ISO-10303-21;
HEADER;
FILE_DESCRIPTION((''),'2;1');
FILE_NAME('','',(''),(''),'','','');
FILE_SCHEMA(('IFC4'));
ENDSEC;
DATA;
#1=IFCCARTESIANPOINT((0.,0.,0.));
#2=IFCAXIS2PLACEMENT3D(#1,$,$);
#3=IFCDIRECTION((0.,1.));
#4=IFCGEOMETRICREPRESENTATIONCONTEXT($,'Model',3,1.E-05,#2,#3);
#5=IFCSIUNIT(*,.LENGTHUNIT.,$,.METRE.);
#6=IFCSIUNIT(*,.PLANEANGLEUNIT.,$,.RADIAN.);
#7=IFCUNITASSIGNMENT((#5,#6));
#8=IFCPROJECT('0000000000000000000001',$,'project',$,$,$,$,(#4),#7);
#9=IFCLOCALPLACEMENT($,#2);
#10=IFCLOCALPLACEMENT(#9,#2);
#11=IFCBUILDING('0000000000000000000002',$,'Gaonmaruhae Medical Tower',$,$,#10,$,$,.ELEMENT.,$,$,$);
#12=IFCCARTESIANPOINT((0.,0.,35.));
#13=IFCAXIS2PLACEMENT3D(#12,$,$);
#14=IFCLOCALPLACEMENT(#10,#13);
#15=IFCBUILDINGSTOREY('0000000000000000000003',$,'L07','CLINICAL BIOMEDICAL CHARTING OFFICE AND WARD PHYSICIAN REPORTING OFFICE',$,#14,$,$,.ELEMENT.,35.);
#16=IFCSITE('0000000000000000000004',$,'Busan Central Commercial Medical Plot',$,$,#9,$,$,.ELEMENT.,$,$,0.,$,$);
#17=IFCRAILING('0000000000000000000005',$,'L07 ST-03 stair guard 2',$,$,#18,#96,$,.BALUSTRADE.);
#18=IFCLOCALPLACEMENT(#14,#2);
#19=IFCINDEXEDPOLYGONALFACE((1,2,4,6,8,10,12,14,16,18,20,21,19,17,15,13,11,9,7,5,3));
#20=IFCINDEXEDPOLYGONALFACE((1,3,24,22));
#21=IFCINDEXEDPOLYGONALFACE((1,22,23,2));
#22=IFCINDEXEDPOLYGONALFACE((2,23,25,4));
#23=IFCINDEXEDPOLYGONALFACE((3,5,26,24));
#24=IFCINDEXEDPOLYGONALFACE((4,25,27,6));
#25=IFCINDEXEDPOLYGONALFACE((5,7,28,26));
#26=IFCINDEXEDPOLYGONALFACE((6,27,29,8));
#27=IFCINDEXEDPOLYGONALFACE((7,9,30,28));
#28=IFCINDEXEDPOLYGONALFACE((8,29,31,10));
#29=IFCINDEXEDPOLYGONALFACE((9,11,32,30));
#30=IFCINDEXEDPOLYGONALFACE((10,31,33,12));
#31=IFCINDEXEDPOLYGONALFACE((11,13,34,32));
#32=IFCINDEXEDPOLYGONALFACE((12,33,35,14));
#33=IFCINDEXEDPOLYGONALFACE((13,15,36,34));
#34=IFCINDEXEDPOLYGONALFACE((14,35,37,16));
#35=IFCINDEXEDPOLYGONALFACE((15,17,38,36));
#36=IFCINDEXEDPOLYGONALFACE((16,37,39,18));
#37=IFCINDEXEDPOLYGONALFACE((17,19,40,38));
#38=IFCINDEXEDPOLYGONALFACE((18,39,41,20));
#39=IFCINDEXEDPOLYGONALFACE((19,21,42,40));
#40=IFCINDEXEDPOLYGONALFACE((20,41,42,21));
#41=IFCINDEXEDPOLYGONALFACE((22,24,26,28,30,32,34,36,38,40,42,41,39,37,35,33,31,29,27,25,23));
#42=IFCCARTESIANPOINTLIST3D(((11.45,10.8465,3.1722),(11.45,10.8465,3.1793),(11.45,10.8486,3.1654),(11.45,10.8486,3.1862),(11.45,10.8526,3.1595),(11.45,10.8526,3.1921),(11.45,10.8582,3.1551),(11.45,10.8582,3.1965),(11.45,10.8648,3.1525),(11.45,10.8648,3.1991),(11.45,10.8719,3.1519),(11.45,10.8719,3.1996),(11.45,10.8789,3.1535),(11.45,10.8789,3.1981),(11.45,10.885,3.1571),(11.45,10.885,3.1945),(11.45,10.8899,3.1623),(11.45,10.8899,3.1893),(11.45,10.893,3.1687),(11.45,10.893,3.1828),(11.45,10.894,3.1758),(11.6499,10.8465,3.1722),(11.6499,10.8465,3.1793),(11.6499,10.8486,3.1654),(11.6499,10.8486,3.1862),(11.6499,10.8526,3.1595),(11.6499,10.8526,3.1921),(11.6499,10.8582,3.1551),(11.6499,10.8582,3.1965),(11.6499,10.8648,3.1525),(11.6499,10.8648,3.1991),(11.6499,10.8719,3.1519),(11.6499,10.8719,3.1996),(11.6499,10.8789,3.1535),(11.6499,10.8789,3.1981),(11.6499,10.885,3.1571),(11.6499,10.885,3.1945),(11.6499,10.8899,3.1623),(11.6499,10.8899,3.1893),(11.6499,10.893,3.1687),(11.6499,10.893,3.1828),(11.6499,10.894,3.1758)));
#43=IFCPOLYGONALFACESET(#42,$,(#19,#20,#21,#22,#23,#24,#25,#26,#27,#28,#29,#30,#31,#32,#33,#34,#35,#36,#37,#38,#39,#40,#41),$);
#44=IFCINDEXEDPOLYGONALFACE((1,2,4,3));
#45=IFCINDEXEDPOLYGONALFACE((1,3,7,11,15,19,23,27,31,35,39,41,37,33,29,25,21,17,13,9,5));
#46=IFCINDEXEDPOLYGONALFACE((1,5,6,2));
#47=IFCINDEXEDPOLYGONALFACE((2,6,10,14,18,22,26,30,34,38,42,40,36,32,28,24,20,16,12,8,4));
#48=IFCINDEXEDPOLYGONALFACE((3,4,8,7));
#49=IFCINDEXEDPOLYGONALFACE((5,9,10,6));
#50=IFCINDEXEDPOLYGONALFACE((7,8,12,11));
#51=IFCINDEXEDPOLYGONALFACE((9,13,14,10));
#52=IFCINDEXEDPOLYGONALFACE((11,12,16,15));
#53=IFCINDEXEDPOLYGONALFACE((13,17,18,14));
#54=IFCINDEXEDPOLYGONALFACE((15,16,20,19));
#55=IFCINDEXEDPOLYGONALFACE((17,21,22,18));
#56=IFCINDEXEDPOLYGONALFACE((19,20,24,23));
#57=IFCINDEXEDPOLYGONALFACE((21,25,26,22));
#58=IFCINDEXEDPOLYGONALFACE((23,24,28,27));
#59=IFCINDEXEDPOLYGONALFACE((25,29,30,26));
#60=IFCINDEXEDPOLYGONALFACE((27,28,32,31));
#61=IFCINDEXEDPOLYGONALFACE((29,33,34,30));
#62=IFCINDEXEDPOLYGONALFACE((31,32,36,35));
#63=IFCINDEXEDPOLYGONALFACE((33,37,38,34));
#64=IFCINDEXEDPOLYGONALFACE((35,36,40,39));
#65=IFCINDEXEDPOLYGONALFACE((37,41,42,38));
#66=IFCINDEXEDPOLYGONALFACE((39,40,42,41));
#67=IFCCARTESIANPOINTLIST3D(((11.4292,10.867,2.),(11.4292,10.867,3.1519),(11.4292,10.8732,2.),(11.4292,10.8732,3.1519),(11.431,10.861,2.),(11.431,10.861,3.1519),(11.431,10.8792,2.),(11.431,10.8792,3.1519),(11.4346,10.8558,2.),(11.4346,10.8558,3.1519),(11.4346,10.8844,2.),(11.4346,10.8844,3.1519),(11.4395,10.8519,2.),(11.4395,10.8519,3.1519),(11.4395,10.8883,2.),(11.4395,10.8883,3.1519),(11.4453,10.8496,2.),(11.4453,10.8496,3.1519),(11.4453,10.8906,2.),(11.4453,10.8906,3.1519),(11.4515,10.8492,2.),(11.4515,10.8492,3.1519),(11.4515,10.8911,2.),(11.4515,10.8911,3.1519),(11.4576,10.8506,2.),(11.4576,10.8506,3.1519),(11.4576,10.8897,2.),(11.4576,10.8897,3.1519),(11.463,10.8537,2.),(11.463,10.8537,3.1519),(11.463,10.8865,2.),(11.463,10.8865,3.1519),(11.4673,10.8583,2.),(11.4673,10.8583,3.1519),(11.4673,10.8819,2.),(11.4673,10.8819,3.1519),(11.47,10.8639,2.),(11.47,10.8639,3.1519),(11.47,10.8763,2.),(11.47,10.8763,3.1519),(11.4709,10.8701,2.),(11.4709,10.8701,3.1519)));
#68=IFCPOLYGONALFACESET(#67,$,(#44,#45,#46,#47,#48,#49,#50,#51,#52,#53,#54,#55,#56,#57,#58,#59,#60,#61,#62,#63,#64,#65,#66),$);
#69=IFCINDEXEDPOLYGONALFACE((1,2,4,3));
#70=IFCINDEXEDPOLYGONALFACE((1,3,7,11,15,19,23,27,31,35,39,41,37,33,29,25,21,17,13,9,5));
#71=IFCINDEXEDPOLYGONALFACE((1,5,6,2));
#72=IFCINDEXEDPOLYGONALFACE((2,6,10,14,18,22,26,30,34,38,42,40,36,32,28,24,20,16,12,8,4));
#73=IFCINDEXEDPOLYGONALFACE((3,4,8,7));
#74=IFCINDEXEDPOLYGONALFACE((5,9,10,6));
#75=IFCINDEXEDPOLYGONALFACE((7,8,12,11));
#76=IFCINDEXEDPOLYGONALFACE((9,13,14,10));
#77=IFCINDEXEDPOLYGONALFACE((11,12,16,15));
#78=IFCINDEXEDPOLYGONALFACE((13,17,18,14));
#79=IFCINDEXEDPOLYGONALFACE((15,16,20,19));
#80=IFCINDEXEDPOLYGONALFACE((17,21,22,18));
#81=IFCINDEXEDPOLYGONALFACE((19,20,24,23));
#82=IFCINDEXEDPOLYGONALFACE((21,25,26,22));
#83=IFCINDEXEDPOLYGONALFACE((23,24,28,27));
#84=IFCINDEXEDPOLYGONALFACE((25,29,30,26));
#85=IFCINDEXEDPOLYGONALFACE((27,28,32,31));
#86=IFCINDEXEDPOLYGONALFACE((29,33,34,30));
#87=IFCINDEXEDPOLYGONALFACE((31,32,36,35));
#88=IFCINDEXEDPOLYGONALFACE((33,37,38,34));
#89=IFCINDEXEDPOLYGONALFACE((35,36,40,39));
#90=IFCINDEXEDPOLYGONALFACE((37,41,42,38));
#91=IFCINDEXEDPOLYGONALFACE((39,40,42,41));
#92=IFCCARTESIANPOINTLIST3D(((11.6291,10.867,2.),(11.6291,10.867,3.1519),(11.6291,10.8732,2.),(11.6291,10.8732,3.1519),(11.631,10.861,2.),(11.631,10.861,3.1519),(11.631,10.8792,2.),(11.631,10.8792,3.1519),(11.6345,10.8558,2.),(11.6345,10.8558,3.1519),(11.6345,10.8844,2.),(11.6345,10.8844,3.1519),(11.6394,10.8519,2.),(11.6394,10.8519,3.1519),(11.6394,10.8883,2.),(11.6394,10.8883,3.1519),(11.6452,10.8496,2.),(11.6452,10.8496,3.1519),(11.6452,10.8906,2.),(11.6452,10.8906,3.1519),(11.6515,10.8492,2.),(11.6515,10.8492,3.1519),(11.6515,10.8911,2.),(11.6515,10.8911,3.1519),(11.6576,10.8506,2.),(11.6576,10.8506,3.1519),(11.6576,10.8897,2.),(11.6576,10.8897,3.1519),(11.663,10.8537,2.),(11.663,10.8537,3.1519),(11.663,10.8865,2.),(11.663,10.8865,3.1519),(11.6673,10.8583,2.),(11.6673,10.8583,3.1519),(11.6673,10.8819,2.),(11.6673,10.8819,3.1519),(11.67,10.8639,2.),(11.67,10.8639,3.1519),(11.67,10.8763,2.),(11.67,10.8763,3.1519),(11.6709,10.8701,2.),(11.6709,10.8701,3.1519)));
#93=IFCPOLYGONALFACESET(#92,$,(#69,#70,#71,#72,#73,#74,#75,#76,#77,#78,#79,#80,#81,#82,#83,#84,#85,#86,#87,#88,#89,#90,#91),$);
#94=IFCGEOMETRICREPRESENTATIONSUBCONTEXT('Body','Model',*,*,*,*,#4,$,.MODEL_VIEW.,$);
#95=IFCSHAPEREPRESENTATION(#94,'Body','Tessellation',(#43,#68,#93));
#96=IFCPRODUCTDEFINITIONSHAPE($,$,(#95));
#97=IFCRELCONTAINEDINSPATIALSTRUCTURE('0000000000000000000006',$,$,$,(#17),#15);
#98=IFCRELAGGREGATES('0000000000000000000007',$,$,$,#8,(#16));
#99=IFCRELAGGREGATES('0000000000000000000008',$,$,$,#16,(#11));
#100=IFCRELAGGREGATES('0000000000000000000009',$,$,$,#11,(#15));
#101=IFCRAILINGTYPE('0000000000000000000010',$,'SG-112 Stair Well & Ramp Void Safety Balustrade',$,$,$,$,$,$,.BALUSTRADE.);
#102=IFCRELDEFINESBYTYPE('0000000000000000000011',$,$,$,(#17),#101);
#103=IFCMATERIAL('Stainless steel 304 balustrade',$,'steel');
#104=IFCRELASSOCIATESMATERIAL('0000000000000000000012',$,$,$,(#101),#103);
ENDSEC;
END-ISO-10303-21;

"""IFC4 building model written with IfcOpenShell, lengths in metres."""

from ifc_helpers import new_model, si_unit, direction, frame, origin, origin_2d, place, context, subcontext, project, spatial, circle, extrude, material, type_object, element, save


model = new_model("IFC4")

# Units and contexts
model_context = context("Model", 3, precision=1e-05, world=origin(), true_north=direction((0.0, 1.0)))
body_context = subcontext(model_context, "Body", "Model", "MODEL_VIEW")
ifc_project = project(units=[si_unit("LENGTHUNIT", "METRE"), si_unit("PLANEANGLEUNIT", "RADIAN")], contexts=[model_context])

# Site, building, storey
site_placement = place(None, origin())
site = spatial("IfcSite", under=ifc_project, at=site_placement, Name="Busan Central Commercial Medical Plot", CompositionType="ELEMENT", RefElevation=0.0)
building_placement = place(site_placement, origin())
building = spatial("IfcBuilding", under=site, at=building_placement, Name="Gaonmaruhae Medical Tower", CompositionType="ELEMENT")
storey_placement = place(building_placement, frame((0.0, 0.0, 35.0)))
storey = spatial("IfcBuildingStorey", under=building, at=storey_placement, Name="L07", Description="CLINICAL BIOMEDICAL CHARTING OFFICE AND WARD PHYSICIAN REPORTING OFFICE", CompositionType="ELEMENT", Elevation=35.0)

# Railing
ifc_material_1 = material(Name="Stainless steel 304 balustrade", Category="steel")
railing_type_1 = type_object("IfcRailingType", Name="SG-112 Stair Well & Ramp Void Safety Balustrade", PredefinedType="BALUSTRADE", material=ifc_material_1)
railing_1_placement = place(storey_placement, frame((11.45, 10.8701, 2.0)))
element("IfcRailing", 1, at=railing_1_placement, inside=storey, type_object=railing_type_1, Name="L07 ST-03 stair guard 2", PredefinedType="BALUSTRADE", context=body_context, shape_type="SweptSolid", body=[
    extrude(circle(Radius=0.0239, at=origin_2d()), frame((0.0, 0.0, 1.1758), z_axis=(1.0, 0.0, 0.0), x_axis=(0.0, 1.0, 0.0)), (0.0, 0.0, 1.0), 0.2),
    extrude(circle(Radius=0.021, at=origin_2d()), origin(), (0.0, 0.0, 1.0), 1.1519),
    extrude(circle(Radius=0.021, at=origin_2d()), frame((0.2, 0.0, 0.0)), (0.0, 0.0, 1.0), 1.1519),
])

save(model, "model.ifc")
